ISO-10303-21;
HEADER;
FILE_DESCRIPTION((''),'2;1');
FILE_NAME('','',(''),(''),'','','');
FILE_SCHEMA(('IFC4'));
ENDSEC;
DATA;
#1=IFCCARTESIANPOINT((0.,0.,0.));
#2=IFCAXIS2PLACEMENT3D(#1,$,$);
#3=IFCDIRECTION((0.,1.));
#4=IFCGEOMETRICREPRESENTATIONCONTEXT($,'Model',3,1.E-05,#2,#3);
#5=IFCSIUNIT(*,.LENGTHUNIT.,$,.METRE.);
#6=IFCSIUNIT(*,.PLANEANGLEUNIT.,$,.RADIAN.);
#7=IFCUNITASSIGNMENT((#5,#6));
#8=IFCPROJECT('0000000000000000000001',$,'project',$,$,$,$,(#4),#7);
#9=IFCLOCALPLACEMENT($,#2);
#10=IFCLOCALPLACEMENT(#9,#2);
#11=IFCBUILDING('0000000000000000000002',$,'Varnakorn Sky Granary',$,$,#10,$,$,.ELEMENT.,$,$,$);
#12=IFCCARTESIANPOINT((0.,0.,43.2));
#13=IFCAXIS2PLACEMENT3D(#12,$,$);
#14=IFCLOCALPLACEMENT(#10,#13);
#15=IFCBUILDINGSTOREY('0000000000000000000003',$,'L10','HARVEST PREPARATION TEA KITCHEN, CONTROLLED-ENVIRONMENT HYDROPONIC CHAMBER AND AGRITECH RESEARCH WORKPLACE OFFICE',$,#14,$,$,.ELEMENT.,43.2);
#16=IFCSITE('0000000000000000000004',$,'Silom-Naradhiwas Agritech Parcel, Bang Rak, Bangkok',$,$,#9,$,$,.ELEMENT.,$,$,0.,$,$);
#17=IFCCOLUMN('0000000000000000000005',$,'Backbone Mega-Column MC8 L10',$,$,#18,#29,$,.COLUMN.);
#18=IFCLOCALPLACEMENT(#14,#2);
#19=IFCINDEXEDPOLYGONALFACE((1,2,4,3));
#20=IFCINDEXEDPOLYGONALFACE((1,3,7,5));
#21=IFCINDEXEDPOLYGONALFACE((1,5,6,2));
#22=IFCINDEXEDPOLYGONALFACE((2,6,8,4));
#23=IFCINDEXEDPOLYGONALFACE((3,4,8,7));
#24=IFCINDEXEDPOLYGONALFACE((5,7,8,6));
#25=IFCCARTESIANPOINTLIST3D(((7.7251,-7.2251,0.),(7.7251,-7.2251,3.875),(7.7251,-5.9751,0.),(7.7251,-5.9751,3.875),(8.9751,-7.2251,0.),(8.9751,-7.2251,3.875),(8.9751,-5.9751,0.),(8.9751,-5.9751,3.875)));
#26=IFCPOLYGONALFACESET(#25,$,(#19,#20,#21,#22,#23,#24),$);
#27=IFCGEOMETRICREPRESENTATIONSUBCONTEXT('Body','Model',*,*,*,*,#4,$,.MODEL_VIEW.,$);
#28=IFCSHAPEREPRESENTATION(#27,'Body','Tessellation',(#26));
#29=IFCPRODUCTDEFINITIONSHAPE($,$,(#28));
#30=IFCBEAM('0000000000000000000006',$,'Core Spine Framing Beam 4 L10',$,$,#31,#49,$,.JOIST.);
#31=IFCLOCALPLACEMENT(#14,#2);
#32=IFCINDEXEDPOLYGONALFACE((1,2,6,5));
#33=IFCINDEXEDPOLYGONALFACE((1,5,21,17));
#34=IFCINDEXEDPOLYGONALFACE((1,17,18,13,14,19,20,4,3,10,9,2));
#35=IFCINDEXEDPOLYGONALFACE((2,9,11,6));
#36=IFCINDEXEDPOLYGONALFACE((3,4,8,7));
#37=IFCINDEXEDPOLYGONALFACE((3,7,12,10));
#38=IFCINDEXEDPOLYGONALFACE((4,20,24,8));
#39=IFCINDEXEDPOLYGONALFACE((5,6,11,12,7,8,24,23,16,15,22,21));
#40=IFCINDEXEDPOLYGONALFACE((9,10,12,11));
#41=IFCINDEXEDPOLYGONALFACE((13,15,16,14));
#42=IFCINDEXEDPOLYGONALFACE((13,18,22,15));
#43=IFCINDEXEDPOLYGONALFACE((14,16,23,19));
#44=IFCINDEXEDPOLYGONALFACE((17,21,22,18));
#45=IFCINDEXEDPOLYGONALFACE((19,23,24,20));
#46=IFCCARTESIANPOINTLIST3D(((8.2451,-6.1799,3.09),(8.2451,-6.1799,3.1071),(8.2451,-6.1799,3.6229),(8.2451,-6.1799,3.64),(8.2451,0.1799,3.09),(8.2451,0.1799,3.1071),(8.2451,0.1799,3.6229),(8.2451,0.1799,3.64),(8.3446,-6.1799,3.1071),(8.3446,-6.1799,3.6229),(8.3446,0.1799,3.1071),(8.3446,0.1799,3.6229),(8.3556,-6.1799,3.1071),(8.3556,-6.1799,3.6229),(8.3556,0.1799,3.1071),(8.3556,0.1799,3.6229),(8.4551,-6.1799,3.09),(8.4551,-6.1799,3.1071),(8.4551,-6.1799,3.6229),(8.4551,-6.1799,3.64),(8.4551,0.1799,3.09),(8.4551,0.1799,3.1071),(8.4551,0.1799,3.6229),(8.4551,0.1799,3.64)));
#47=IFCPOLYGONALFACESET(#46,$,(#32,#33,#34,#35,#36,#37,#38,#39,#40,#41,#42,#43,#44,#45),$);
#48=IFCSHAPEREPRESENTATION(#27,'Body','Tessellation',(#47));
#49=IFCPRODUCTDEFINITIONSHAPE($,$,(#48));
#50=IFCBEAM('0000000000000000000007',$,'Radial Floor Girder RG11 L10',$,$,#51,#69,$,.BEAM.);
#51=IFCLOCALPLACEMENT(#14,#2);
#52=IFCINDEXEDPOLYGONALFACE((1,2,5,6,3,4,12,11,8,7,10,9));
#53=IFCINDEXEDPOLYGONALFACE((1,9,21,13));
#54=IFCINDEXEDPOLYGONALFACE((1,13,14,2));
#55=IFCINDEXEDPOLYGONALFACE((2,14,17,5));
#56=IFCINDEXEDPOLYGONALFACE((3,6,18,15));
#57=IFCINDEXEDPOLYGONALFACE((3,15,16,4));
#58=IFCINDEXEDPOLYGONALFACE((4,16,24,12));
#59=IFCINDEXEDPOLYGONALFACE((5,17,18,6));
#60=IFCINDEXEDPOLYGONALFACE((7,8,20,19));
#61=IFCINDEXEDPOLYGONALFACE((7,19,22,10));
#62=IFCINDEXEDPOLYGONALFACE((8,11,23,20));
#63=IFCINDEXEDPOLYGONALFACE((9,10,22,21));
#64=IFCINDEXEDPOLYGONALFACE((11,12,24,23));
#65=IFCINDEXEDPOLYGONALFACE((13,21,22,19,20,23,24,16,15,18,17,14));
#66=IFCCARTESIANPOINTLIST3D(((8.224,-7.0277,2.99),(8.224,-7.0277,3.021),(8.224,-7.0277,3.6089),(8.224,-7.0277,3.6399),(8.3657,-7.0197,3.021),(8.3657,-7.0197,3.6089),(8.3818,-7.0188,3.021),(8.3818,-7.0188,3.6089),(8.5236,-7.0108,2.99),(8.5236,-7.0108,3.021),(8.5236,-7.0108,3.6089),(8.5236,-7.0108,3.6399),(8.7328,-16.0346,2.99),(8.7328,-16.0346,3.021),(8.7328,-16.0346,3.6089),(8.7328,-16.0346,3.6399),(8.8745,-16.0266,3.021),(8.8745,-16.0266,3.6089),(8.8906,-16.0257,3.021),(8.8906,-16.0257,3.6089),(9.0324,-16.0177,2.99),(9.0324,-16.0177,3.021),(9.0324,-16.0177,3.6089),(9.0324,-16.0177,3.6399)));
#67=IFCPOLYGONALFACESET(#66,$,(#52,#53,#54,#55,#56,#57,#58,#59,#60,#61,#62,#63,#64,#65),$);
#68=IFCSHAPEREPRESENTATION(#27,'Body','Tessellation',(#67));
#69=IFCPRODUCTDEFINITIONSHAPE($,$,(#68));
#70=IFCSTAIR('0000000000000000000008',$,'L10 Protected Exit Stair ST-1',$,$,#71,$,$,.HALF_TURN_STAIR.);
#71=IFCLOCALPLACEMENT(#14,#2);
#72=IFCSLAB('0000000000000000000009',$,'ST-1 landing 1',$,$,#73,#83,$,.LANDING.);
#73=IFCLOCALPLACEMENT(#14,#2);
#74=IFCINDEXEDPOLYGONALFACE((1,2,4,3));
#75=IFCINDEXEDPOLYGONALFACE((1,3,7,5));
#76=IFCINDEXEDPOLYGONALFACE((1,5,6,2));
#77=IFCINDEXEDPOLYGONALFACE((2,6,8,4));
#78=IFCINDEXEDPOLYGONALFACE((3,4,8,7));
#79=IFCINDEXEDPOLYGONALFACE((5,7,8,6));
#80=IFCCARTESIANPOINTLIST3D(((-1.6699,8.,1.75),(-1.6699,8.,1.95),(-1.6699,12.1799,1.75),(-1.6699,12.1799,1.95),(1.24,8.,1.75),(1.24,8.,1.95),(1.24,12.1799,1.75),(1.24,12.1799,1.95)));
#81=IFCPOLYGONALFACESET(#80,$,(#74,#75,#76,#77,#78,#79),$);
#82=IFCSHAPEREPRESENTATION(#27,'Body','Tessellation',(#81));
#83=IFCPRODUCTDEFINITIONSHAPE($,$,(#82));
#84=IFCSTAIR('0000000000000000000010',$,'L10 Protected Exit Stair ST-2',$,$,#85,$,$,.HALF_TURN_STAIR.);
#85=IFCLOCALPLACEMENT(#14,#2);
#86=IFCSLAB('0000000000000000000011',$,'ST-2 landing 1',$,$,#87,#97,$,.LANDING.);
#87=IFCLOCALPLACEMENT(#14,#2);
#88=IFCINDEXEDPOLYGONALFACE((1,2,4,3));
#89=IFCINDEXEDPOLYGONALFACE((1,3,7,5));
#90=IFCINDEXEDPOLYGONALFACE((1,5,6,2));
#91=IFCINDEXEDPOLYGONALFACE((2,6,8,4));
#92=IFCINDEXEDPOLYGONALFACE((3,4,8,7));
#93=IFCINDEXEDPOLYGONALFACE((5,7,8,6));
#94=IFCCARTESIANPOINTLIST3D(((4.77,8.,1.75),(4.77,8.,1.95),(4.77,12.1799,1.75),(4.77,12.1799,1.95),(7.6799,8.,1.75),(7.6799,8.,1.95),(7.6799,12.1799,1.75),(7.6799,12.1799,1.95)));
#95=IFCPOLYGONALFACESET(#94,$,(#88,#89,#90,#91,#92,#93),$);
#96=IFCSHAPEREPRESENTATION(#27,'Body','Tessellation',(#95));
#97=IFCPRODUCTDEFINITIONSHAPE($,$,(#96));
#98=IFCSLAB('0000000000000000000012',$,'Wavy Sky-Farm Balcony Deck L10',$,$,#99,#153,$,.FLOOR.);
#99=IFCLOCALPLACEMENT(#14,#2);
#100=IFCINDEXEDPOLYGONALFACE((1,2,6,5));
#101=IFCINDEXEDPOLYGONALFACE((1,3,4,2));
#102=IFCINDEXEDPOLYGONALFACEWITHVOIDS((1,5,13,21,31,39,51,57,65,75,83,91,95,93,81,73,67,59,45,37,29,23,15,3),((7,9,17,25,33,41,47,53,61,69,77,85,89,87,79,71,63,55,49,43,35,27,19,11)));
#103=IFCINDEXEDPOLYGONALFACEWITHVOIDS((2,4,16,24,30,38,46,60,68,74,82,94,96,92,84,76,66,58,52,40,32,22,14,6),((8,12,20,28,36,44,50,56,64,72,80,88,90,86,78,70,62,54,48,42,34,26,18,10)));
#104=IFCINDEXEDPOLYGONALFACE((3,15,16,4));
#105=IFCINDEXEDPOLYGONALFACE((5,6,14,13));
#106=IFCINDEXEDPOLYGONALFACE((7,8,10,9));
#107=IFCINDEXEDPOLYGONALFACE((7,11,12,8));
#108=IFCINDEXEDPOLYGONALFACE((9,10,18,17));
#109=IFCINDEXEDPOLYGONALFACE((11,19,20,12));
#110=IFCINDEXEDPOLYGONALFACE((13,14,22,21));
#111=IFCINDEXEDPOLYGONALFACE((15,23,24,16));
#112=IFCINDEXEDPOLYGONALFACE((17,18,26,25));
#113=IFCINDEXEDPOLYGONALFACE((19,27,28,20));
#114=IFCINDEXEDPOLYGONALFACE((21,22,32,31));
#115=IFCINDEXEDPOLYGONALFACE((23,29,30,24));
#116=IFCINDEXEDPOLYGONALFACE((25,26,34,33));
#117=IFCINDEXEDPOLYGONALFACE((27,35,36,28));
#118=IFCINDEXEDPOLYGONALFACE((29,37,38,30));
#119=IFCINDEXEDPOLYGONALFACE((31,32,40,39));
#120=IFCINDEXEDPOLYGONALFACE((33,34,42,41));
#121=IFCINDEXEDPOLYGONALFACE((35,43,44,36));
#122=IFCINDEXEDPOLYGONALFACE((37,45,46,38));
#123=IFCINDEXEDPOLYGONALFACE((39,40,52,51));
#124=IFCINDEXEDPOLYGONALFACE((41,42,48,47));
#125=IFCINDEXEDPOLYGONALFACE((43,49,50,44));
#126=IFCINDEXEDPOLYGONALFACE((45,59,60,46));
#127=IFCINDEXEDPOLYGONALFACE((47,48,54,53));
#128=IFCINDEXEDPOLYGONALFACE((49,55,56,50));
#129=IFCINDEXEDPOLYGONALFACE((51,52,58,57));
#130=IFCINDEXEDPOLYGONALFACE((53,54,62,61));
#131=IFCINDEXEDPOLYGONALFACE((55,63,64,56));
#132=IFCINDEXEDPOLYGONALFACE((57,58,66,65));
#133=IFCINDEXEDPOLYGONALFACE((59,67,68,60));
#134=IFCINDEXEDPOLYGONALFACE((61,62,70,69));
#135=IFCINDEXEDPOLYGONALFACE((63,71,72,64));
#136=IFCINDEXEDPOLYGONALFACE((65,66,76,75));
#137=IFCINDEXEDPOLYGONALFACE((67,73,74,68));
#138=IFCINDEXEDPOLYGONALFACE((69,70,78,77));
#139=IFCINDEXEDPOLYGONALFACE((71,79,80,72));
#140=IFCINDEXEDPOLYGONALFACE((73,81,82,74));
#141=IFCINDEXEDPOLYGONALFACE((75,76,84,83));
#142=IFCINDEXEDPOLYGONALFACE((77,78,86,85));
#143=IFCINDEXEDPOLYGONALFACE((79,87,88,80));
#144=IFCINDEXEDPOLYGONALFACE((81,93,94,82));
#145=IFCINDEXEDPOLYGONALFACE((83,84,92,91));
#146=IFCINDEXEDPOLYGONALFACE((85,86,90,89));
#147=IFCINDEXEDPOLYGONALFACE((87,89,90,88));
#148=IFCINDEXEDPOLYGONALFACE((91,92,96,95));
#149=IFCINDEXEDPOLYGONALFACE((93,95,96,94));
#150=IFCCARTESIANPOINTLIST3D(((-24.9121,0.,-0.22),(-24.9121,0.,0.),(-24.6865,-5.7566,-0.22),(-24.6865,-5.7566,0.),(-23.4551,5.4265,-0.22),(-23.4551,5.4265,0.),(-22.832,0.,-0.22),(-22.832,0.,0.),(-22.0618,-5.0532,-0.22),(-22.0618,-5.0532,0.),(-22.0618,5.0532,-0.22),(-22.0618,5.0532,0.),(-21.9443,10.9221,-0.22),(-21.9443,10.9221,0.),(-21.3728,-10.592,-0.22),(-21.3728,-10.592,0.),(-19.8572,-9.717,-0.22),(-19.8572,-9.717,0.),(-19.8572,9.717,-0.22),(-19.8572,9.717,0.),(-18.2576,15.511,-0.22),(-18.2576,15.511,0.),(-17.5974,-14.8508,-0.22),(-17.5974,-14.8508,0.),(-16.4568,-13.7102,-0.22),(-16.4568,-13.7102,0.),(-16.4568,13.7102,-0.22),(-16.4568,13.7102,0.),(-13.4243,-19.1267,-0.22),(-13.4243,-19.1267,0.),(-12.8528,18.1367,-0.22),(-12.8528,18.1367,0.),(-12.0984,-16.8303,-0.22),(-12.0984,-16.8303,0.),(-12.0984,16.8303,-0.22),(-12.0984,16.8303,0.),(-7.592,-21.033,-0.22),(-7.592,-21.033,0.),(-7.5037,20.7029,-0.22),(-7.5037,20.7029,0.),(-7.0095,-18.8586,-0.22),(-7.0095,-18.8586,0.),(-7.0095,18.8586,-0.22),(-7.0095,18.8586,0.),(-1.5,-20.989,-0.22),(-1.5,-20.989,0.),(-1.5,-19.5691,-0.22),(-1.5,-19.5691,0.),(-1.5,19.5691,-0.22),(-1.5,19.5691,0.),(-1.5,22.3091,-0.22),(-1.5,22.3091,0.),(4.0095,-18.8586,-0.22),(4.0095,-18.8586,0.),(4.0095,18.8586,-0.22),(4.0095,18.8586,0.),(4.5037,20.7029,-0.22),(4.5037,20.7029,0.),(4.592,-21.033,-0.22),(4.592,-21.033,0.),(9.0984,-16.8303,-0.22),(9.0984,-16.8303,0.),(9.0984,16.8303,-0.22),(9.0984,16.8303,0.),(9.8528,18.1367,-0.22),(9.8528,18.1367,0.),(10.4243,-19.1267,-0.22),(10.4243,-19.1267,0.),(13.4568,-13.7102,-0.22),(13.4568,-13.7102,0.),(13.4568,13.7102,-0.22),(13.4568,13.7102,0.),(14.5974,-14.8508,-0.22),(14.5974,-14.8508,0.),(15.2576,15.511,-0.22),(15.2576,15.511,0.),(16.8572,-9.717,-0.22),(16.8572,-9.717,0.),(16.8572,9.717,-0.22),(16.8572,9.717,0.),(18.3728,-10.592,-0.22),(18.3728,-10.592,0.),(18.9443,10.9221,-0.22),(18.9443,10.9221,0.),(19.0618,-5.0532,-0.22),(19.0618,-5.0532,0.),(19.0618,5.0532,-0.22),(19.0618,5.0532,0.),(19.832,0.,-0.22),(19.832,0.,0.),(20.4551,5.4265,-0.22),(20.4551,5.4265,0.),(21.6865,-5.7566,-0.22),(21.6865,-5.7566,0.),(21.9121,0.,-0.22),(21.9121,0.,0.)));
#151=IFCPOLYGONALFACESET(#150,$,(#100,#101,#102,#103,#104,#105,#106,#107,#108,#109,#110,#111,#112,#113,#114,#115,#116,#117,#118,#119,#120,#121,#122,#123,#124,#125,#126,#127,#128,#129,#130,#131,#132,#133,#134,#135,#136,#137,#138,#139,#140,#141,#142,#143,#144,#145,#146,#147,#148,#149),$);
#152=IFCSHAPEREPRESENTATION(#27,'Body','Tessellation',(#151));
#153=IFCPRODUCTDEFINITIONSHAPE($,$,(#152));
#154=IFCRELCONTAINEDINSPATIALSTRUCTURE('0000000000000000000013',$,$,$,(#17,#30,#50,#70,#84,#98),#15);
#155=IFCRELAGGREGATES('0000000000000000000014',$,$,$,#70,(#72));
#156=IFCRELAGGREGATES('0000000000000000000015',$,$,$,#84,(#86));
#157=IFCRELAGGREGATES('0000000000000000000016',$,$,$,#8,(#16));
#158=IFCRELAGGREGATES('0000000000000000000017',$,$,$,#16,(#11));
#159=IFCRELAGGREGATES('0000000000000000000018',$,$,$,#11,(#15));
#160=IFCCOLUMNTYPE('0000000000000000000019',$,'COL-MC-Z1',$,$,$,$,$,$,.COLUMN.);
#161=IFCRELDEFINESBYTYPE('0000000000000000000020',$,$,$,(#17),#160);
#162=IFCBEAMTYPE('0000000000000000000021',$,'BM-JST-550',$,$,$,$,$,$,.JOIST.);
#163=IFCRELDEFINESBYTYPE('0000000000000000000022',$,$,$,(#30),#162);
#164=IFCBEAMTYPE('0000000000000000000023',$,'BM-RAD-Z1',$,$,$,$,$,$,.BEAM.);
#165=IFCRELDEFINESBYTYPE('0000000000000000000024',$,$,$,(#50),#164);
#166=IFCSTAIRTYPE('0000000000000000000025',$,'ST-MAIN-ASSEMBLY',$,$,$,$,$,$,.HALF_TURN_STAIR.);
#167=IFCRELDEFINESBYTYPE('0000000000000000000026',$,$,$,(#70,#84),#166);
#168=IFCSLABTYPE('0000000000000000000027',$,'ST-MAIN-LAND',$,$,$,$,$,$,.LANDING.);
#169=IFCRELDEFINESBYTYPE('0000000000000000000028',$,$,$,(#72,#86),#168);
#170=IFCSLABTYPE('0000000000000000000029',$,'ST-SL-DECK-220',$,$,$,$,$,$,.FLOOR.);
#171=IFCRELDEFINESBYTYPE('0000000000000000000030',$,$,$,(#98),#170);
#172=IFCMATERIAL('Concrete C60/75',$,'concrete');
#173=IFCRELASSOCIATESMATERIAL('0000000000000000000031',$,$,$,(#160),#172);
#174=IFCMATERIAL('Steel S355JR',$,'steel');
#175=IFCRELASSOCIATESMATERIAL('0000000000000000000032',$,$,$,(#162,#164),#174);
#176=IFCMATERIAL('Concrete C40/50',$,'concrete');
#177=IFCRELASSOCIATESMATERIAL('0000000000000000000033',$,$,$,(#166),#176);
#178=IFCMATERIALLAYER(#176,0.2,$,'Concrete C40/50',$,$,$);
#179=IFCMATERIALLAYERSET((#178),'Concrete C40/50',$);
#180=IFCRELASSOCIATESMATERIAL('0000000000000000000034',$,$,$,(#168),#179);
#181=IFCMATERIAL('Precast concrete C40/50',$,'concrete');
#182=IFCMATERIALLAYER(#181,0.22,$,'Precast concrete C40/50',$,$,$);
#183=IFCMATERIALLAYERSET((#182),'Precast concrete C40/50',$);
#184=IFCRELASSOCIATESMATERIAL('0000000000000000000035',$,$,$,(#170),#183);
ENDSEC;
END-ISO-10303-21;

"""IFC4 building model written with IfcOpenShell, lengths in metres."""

from ifc_helpers import new_model, si_unit, direction, frame, origin, origin_2d, place, context, subcontext, project, spatial, polyline, rectangle, i_section, outline, extrude, material, layer, layer_set, material_profile, profile_set, type_object, element, aggregate, save


model = new_model("IFC4")

# Units and contexts
model_context = context("Model", 3, precision=1e-05, world=origin(), true_north=direction((0.0, 1.0)))
body_context = subcontext(model_context, "Body", "Model", "MODEL_VIEW")
ifc_project = project(units=[si_unit("LENGTHUNIT", "METRE"), si_unit("PLANEANGLEUNIT", "RADIAN")], contexts=[model_context])

# Site, building, storey
site_placement = place(None, origin())
site = spatial("IfcSite", under=ifc_project, at=site_placement, Name="Silom-Naradhiwas Agritech Parcel, Bang Rak, Bangkok", CompositionType="ELEMENT", RefElevation=0.0)
building_placement = place(site_placement, origin())
building = spatial("IfcBuilding", under=site, at=building_placement, Name="Varnakorn Sky Granary", CompositionType="ELEMENT")
storey_placement = place(building_placement, frame((0.0, 0.0, 43.2)))
storey = spatial("IfcBuildingStorey", under=building, at=storey_placement, Name="L10", Description="HARVEST PREPARATION TEA KITCHEN, CONTROLLED-ENVIRONMENT HYDROPONIC CHAMBER AND AGRITECH RESEARCH WORKPLACE OFFICE", CompositionType="ELEMENT", Elevation=43.2)

# Column
ifc_material_1 = material(Name="Concrete C60/75", Category="concrete")
ifc_material_profile_1 = material_profile(ifc_material_1, rectangle(XDim=1.25, YDim=1.25, at=origin_2d()), Name="RC 1250x1250")
ifc_profile_set_1 = profile_set([ifc_material_profile_1], Name="Concrete C60/75")
column_type = type_object("IfcColumnType", Name="COL-MC-Z1", PredefinedType="COLUMN", material=ifc_profile_set_1)
column_placement = place(storey_placement, frame((8.3501, -6.6001, 0.0), z_axis=(0.0, 0.0, 1.0), x_axis=(1.0, 0.0, 0.0)))
element("IfcColumn", 1, at=column_placement, inside=storey, type_object=column_type, Name="Backbone Mega-Column MC8 L10", PredefinedType="COLUMN", context=body_context, shape_type="SweptSolid", body=[
    extrude(rectangle(XDim=1.25, YDim=1.25, at=origin_2d()), origin(), (0.0, 0.0, 1.0), 3.875),
])

# Beams
ifc_material_2 = material(Name="Steel S355JR", Category="steel")
ifc_material_profile_2 = material_profile(ifc_material_2, i_section(OverallWidth=0.21, OverallDepth=0.55, WebThickness=0.011, FlangeThickness=0.0171, at=origin_2d()), Name="IPE 550")
ifc_profile_set_2 = profile_set([ifc_material_profile_2], Name="Steel S355JR")
beam_type_1 = type_object("IfcBeamType", Name="BM-JST-550", PredefinedType="JOIST", material=ifc_profile_set_2)
beam_1_placement = place(storey_placement, frame((8.3501, 0.1799, 3.365), z_axis=(0.0, -1.0, 0.0), x_axis=(1.0, 0.0, 0.0)))
element("IfcBeam", 2, at=beam_1_placement, inside=storey, type_object=beam_type_1, Name="Core Spine Framing Beam 4 L10", PredefinedType="JOIST", context=body_context, shape_type="SweptSolid", body=[
    extrude(i_section(OverallWidth=0.21, OverallDepth=0.55, WebThickness=0.011, FlangeThickness=0.0171, at=origin_2d()), origin(), (0.0, 0.0, 1.0), 6.3599),
])
ifc_material_profile_3 = material_profile(ifc_material_2, i_section(OverallWidth=0.3, OverallDepth=0.6499, WebThickness=0.0161, FlangeThickness=0.031, at=origin_2d()), Name="HE 650 B")
ifc_profile_set_3 = profile_set([ifc_material_profile_3], Name="Steel S355JR")
beam_type_2 = type_object("IfcBeamType", Name="BM-RAD-Z1", PredefinedType="BEAM", material=ifc_profile_set_3)
beam_2_placement = place(storey_placement, frame((8.3738, -7.0193, 3.3149), z_axis=(0.056399, -0.998408, 0.0), x_axis=(0.998408, 0.056399, 0.0)))
element("IfcBeam", 3, at=beam_2_placement, inside=storey, type_object=beam_type_2, Name="Radial Floor Girder RG11 L10", PredefinedType="BEAM", context=body_context, shape_type="SweptSolid", body=[
    extrude(i_section(OverallWidth=0.3, OverallDepth=0.6499, WebThickness=0.0161, FlangeThickness=0.031, at=origin_2d()), origin(), (0.0, 0.0, 1.0), 9.0212),
])

# Stairs, slabs
ifc_material_3 = material(Name="Concrete C40/50", Category="concrete")
stair_type = type_object("IfcStairType", Name="ST-MAIN-ASSEMBLY", PredefinedType="HALF_TURN_STAIR", material=ifc_material_3)
stair_1_placement = place(storey_placement, origin())
stair_1 = element("IfcStair", 4, at=stair_1_placement, inside=storey, type_object=stair_type, Name="L10 Protected Exit Stair ST-1", PredefinedType="HALF_TURN_STAIR")
ifc_layer_1 = layer(ifc_material_3, 0.2, Name="Concrete C40/50")
ifc_layer_set_1 = layer_set([ifc_layer_1], Name="Concrete C40/50")
slab_type_1 = type_object("IfcSlabType", Name="ST-MAIN-LAND", PredefinedType="LANDING", material=ifc_layer_set_1)
slab_1_placement = place(storey_placement, frame((0.0, 0.0, 1.75)))
slab_1 = element("IfcSlab", 5, at=slab_1_placement, type_object=slab_type_1, Name="ST-1 landing 1", PredefinedType="LANDING", context=body_context, shape_type="SweptSolid", body=[
    extrude(outline(polyline([(1.24, 8.0), (1.24, 12.1799), (-1.6699, 12.1799), (-1.6699, 8.0), (1.24, 8.0)])), origin(), (0.0, 0.0, 1.0), 0.2),
])
aggregate(stair_1, [slab_1])
stair_2_placement = place(storey_placement, origin())
stair_2 = element("IfcStair", 6, at=stair_2_placement, inside=storey, type_object=stair_type, Name="L10 Protected Exit Stair ST-2", PredefinedType="HALF_TURN_STAIR")
slab_2_placement = place(storey_placement, frame((0.0, 0.0, 1.75)))
slab_2 = element("IfcSlab", 7, at=slab_2_placement, type_object=slab_type_1, Name="ST-2 landing 1", PredefinedType="LANDING", context=body_context, shape_type="SweptSolid", body=[
    extrude(outline(polyline([(7.6799, 8.0), (7.6799, 12.1799), (4.77, 12.1799), (4.77, 8.0), (7.6799, 8.0)])), origin(), (0.0, 0.0, 1.0), 0.2),
])
aggregate(stair_2, [slab_2])

# Slab
ifc_material_4 = material(Name="Precast concrete C40/50", Category="concrete")
ifc_layer_2 = layer(ifc_material_4, 0.22, Name="Precast concrete C40/50")
ifc_layer_set_2 = layer_set([ifc_layer_2], Name="Precast concrete C40/50")
slab_type_2 = type_object("IfcSlabType", Name="ST-SL-DECK-220", PredefinedType="FLOOR", material=ifc_layer_set_2)
slab_3_placement = place(storey_placement, frame((0.0, 0.0, -0.22)))
element("IfcSlab", 8, at=slab_3_placement, inside=storey, type_object=slab_type_2, Name="Wavy Sky-Farm Balcony Deck L10", PredefinedType="FLOOR", context=body_context, shape_type="SweptSolid", body=[
    extrude(outline(polyline([(21.9121, 0.0), (20.4551, 5.4265), (18.9443, 10.9221), (15.2576, 15.511), (9.8528, 18.1367), (4.5037, 20.7029), (-1.5, 22.3091), (-7.5037, 20.7029), (-12.8528, 18.1367), (-18.2576, 15.511), (-21.9443, 10.9221), (-23.4551, 5.4265), (-24.9121, 0.0), (-24.6865, -5.7566), (-21.3728, -10.592), (-17.5974, -14.8508), (-13.4243, -19.1267), (-7.592, -21.033), (-1.5, -20.989), (4.592, -21.033), (10.4243, -19.1267), (14.5974, -14.8508), (18.3728, -10.592), (21.6865, -5.7566), (21.9121, 0.0)]), holes=[polyline([(19.832, 0.0), (19.0618, 5.0532), (16.8572, 9.717), (13.4568, 13.7102), (9.0984, 16.8303), (4.0095, 18.8586), (-1.5, 19.5691), (-7.0095, 18.8586), (-12.0984, 16.8303), (-16.4568, 13.7102), (-19.8572, 9.717), (-22.0618, 5.0532), (-22.832, 0.0), (-22.0618, -5.0532), (-19.8572, -9.717), (-16.4568, -13.7102), (-12.0984, -16.8303), (-7.0095, -18.8586), (-1.5, -19.5691), (4.0095, -18.8586), (9.0984, -16.8303), (13.4568, -13.7102), (16.8572, -9.717), (19.0618, -5.0532), (19.832, 0.0)])]), origin(), (0.0, 0.0, 1.0), 0.22),
])

save(model, "model.ifc")
